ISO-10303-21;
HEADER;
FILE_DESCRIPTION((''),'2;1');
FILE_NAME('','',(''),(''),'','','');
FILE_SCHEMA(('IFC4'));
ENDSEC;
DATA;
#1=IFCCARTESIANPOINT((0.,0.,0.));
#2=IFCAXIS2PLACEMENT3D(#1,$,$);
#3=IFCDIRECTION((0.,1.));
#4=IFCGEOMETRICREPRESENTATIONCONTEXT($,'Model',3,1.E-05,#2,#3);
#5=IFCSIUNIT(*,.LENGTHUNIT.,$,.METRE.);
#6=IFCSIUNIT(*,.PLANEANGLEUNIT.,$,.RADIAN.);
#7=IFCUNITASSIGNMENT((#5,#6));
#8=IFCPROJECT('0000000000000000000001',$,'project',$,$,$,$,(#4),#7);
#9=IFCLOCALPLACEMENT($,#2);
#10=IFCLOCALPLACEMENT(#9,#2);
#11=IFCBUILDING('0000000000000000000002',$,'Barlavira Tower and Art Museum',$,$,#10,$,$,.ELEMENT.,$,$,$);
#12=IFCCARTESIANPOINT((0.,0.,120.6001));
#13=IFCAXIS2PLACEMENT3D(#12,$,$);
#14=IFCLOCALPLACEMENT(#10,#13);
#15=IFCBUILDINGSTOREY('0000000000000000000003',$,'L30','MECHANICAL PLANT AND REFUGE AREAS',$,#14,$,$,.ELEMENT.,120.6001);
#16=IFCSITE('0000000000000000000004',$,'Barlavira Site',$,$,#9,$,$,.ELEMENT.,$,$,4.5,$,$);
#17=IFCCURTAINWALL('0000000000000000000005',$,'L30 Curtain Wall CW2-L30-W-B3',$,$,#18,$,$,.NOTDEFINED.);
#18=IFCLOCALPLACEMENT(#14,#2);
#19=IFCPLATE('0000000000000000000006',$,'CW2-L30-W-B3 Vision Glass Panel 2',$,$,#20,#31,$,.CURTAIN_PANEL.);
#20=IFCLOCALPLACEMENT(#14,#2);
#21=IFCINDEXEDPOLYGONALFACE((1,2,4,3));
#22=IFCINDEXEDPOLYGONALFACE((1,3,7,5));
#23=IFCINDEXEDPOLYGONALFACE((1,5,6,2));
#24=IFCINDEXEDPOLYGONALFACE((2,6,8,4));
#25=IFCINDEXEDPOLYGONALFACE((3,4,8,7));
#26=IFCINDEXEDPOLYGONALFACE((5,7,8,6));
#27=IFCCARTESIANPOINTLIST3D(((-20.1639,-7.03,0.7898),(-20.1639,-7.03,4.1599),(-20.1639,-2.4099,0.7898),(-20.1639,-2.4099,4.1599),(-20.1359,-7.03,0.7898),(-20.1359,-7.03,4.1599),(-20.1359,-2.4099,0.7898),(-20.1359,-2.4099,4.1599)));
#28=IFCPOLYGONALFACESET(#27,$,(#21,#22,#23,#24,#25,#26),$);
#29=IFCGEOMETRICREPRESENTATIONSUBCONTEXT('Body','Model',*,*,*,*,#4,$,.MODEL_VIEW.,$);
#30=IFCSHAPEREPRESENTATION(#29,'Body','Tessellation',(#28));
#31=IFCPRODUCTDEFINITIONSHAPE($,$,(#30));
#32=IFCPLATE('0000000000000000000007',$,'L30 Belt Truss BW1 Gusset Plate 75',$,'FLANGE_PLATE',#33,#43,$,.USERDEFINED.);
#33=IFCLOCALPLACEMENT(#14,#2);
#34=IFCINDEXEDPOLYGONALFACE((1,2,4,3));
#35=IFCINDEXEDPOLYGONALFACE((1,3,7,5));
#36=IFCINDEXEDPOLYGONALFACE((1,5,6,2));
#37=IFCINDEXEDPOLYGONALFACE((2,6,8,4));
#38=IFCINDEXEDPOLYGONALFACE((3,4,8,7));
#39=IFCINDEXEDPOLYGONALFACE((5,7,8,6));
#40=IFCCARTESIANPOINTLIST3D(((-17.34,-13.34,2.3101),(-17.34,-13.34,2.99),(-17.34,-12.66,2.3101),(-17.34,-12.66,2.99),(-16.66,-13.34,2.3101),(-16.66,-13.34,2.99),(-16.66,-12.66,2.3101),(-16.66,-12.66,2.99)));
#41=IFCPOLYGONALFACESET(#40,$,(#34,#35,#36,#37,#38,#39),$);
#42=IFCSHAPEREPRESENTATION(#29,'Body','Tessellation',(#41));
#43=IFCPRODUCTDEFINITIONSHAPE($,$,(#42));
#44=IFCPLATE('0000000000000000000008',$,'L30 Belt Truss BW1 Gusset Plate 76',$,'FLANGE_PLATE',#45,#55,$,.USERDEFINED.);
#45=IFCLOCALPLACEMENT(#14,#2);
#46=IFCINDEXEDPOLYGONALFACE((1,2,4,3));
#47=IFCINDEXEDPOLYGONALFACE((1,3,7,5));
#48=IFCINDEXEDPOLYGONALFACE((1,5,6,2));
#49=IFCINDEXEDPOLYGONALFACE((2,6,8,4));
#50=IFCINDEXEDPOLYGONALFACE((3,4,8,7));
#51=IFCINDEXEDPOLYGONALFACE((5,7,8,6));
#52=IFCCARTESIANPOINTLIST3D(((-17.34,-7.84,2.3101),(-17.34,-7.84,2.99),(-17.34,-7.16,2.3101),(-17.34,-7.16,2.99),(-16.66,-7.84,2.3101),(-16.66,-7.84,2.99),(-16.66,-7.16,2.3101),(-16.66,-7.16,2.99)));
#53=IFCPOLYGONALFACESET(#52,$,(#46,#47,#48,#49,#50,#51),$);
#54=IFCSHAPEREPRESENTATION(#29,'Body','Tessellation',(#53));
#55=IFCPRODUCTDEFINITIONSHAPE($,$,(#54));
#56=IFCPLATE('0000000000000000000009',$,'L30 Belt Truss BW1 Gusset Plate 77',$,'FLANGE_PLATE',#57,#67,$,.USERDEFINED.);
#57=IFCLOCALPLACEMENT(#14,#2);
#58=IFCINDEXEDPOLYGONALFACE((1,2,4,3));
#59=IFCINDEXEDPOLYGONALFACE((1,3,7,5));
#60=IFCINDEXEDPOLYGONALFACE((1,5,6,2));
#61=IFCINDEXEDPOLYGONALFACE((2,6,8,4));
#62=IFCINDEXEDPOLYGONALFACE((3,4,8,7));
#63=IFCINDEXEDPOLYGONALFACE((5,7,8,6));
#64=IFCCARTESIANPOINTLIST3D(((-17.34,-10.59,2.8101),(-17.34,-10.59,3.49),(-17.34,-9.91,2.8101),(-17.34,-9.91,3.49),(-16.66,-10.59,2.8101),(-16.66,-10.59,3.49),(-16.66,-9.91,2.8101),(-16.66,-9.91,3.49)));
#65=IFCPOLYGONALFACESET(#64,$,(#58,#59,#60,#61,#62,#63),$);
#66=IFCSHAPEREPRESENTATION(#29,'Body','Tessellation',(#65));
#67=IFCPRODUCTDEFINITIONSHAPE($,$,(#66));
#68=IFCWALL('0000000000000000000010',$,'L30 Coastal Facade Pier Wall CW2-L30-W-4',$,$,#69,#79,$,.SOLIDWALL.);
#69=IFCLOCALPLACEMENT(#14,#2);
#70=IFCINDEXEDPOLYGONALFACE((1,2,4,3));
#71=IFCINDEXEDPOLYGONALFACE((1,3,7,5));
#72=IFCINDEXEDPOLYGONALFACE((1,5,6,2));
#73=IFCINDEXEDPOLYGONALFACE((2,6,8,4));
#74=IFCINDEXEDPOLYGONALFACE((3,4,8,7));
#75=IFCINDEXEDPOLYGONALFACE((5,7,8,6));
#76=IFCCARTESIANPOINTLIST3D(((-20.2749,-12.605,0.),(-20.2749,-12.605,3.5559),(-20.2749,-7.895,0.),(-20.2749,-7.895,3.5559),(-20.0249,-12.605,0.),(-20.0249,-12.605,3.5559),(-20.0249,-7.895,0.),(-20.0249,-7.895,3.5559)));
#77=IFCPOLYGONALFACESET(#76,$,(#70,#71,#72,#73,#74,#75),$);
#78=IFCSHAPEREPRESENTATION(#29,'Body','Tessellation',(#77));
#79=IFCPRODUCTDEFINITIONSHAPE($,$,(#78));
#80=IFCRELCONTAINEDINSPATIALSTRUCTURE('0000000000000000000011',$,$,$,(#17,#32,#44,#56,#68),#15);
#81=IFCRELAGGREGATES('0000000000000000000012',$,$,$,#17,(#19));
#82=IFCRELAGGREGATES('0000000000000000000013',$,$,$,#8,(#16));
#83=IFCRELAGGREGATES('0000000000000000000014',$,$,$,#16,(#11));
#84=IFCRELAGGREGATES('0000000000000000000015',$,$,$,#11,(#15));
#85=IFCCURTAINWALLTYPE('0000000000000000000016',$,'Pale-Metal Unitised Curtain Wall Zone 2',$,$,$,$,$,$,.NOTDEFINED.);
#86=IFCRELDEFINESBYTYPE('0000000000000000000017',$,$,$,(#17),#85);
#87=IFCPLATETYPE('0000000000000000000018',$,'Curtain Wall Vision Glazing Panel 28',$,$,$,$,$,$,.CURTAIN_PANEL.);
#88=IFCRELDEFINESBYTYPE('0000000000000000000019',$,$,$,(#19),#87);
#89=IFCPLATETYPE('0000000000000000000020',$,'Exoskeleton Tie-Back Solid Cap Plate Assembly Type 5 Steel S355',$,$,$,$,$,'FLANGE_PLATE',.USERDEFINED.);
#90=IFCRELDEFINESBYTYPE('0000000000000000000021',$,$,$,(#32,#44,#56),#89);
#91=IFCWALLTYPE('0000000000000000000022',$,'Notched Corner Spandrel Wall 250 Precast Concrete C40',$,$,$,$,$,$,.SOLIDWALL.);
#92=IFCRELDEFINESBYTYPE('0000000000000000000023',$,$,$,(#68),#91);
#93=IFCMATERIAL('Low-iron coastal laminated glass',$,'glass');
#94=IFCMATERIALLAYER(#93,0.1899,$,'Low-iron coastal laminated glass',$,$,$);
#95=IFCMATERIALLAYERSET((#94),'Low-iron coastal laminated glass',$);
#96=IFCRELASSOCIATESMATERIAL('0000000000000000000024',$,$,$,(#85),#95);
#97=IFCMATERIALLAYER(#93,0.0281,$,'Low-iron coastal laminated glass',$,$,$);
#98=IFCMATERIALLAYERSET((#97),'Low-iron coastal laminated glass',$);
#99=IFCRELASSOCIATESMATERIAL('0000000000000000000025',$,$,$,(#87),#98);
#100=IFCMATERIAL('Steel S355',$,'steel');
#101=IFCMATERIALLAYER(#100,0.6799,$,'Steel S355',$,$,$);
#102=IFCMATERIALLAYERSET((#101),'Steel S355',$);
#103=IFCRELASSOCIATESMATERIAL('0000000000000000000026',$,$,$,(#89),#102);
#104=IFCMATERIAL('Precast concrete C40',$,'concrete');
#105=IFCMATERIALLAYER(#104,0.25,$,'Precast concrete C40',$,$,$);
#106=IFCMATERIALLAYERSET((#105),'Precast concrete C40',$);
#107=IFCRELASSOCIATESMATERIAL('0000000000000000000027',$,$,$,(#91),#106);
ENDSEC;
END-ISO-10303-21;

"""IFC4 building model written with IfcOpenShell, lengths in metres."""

from ifc_helpers import new_model, si_unit, direction, frame, frame_2d, origin, origin_2d, place, context, subcontext, project, spatial, rectangle, extrude, material, layer, layer_set, type_object, element, aggregate, save


model = new_model("IFC4")

# Units and contexts
model_context = context("Model", 3, precision=1e-05, world=origin(), true_north=direction((0.0, 1.0)))
body_context = subcontext(model_context, "Body", "Model", "MODEL_VIEW")
ifc_project = project(units=[si_unit("LENGTHUNIT", "METRE"), si_unit("PLANEANGLEUNIT", "RADIAN")], contexts=[model_context])

# Site, building, storey
site_placement = place(None, origin())
site = spatial("IfcSite", under=ifc_project, at=site_placement, Name="Barlavira Site", CompositionType="ELEMENT", RefElevation=4.5)
building_placement = place(site_placement, origin())
building = spatial("IfcBuilding", under=site, at=building_placement, Name="Barlavira Tower and Art Museum", CompositionType="ELEMENT")
storey_placement = place(building_placement, frame((0.0, 0.0, 120.6001)))
storey = spatial("IfcBuildingStorey", under=building, at=storey_placement, Name="L30", Description="MECHANICAL PLANT AND REFUGE AREAS", CompositionType="ELEMENT", Elevation=120.6001)

# Shared definitions
ifc_material_1 = material(Name="Steel S355", Category="steel")

# Curtain wall
ifc_material_2 = material(Name="Low-iron coastal laminated glass", Category="glass")
ifc_layer_1 = layer(ifc_material_2, 0.1899, Name="Low-iron coastal laminated glass")
ifc_layer_set_1 = layer_set([ifc_layer_1], Name="Low-iron coastal laminated glass")
curtain_wall_type = type_object("IfcCurtainWallType", Name="Pale-Metal Unitised Curtain Wall Zone 2", PredefinedType="NOTDEFINED", material=ifc_layer_set_1)
curtain_wall_placement = place(storey_placement, origin())
curtain_wall = element("IfcCurtainWall", 1, at=curtain_wall_placement, inside=storey, type_object=curtain_wall_type, Name="L30 Curtain Wall CW2-L30-W-B3", PredefinedType="NOTDEFINED")

# Plate
ifc_layer_2 = layer(ifc_material_2, 0.0281, Name="Low-iron coastal laminated glass")
ifc_layer_set_2 = layer_set([ifc_layer_2], Name="Low-iron coastal laminated glass")
plate_type_1 = type_object("IfcPlateType", Name="Curtain Wall Vision Glazing Panel 28", PredefinedType="CURTAIN_PANEL", material=ifc_layer_set_2)
plate_1_placement = place(storey_placement, frame((-20.1499, -4.72, 0.7898), z_axis=(0.0, 0.0, 1.0), x_axis=(0.0, -1.0, 0.0)))
plate_1 = element("IfcPlate", 2, at=plate_1_placement, type_object=plate_type_1, Name="CW2-L30-W-B3 Vision Glass Panel 2", PredefinedType="CURTAIN_PANEL", context=body_context, shape_type="SweptSolid", body=[
    extrude(rectangle(XDim=4.6201, YDim=0.0281, at=origin_2d()), origin(), (0.0, 0.0, 1.0), 3.3701),
])
aggregate(curtain_wall, [plate_1])

# Plates
ifc_layer_3 = layer(ifc_material_1, 0.6799, Name="Steel S355")
ifc_layer_set_3 = layer_set([ifc_layer_3], Name="Steel S355")
plate_type_2 = type_object("IfcPlateType", Name="Exoskeleton Tie-Back Solid Cap Plate Assembly Type 5 Steel S355", ElementType="FLANGE_PLATE", PredefinedType="USERDEFINED", material=ifc_layer_set_3)
for number, where, z_axis, x_axis, name in (
    (3, (-17.0, -13.0, 2.3101), (0.0, 0.0, 1.0), (1.0, 0.0, 0.0), "L30 Belt Truss BW1 Gusset Plate 75"),
    (4, (-17.0, -7.5, 2.3101), (0.0, 0.0, 1.0), (1.0, 0.0, 0.0), "L30 Belt Truss BW1 Gusset Plate 76"),
    (5, (-17.0, -10.25, 2.8101), (0.0, 0.0, 1.0), (1.0, 0.0, 0.0), "L30 Belt Truss BW1 Gusset Plate 77"),
):
    element("IfcPlate", number, at=place(storey_placement, frame(where, z_axis=z_axis, x_axis=x_axis)), inside=storey, type_object=plate_type_2, Name=name, ObjectType="FLANGE_PLATE", PredefinedType="USERDEFINED", context=body_context, shape_type="SweptSolid", body=[
        extrude(rectangle(XDim=0.6799, YDim=0.6799, at=origin_2d()), origin(), (0.0, 0.0, 1.0), 0.6799),
    ])

# Wall
ifc_material_3 = material(Name="Precast concrete C40", Category="concrete")
ifc_layer_4 = layer(ifc_material_3, 0.25, Name="Precast concrete C40")
ifc_layer_set_4 = layer_set([ifc_layer_4], Name="Precast concrete C40")
wall_type = type_object("IfcWallType", Name="Notched Corner Spandrel Wall 250 Precast Concrete C40", PredefinedType="SOLIDWALL", material=ifc_layer_set_4)
wall_placement = place(storey_placement, frame((-20.1499, -7.895, 0.0), z_axis=(0.0, 0.0, 1.0), x_axis=(0.0, -1.0, 0.0)))
element("IfcWall", 6, at=wall_placement, inside=storey, type_object=wall_type, Name="L30 Coastal Facade Pier Wall CW2-L30-W-4", PredefinedType="SOLIDWALL", context=body_context, shape_type="SweptSolid", body=[
    extrude(rectangle(XDim=4.71, YDim=0.25, at=frame_2d((2.355, 0.0))), origin(), (0.0, 0.0, 1.0), 3.5559),
])

save(model, "model.ifc")
